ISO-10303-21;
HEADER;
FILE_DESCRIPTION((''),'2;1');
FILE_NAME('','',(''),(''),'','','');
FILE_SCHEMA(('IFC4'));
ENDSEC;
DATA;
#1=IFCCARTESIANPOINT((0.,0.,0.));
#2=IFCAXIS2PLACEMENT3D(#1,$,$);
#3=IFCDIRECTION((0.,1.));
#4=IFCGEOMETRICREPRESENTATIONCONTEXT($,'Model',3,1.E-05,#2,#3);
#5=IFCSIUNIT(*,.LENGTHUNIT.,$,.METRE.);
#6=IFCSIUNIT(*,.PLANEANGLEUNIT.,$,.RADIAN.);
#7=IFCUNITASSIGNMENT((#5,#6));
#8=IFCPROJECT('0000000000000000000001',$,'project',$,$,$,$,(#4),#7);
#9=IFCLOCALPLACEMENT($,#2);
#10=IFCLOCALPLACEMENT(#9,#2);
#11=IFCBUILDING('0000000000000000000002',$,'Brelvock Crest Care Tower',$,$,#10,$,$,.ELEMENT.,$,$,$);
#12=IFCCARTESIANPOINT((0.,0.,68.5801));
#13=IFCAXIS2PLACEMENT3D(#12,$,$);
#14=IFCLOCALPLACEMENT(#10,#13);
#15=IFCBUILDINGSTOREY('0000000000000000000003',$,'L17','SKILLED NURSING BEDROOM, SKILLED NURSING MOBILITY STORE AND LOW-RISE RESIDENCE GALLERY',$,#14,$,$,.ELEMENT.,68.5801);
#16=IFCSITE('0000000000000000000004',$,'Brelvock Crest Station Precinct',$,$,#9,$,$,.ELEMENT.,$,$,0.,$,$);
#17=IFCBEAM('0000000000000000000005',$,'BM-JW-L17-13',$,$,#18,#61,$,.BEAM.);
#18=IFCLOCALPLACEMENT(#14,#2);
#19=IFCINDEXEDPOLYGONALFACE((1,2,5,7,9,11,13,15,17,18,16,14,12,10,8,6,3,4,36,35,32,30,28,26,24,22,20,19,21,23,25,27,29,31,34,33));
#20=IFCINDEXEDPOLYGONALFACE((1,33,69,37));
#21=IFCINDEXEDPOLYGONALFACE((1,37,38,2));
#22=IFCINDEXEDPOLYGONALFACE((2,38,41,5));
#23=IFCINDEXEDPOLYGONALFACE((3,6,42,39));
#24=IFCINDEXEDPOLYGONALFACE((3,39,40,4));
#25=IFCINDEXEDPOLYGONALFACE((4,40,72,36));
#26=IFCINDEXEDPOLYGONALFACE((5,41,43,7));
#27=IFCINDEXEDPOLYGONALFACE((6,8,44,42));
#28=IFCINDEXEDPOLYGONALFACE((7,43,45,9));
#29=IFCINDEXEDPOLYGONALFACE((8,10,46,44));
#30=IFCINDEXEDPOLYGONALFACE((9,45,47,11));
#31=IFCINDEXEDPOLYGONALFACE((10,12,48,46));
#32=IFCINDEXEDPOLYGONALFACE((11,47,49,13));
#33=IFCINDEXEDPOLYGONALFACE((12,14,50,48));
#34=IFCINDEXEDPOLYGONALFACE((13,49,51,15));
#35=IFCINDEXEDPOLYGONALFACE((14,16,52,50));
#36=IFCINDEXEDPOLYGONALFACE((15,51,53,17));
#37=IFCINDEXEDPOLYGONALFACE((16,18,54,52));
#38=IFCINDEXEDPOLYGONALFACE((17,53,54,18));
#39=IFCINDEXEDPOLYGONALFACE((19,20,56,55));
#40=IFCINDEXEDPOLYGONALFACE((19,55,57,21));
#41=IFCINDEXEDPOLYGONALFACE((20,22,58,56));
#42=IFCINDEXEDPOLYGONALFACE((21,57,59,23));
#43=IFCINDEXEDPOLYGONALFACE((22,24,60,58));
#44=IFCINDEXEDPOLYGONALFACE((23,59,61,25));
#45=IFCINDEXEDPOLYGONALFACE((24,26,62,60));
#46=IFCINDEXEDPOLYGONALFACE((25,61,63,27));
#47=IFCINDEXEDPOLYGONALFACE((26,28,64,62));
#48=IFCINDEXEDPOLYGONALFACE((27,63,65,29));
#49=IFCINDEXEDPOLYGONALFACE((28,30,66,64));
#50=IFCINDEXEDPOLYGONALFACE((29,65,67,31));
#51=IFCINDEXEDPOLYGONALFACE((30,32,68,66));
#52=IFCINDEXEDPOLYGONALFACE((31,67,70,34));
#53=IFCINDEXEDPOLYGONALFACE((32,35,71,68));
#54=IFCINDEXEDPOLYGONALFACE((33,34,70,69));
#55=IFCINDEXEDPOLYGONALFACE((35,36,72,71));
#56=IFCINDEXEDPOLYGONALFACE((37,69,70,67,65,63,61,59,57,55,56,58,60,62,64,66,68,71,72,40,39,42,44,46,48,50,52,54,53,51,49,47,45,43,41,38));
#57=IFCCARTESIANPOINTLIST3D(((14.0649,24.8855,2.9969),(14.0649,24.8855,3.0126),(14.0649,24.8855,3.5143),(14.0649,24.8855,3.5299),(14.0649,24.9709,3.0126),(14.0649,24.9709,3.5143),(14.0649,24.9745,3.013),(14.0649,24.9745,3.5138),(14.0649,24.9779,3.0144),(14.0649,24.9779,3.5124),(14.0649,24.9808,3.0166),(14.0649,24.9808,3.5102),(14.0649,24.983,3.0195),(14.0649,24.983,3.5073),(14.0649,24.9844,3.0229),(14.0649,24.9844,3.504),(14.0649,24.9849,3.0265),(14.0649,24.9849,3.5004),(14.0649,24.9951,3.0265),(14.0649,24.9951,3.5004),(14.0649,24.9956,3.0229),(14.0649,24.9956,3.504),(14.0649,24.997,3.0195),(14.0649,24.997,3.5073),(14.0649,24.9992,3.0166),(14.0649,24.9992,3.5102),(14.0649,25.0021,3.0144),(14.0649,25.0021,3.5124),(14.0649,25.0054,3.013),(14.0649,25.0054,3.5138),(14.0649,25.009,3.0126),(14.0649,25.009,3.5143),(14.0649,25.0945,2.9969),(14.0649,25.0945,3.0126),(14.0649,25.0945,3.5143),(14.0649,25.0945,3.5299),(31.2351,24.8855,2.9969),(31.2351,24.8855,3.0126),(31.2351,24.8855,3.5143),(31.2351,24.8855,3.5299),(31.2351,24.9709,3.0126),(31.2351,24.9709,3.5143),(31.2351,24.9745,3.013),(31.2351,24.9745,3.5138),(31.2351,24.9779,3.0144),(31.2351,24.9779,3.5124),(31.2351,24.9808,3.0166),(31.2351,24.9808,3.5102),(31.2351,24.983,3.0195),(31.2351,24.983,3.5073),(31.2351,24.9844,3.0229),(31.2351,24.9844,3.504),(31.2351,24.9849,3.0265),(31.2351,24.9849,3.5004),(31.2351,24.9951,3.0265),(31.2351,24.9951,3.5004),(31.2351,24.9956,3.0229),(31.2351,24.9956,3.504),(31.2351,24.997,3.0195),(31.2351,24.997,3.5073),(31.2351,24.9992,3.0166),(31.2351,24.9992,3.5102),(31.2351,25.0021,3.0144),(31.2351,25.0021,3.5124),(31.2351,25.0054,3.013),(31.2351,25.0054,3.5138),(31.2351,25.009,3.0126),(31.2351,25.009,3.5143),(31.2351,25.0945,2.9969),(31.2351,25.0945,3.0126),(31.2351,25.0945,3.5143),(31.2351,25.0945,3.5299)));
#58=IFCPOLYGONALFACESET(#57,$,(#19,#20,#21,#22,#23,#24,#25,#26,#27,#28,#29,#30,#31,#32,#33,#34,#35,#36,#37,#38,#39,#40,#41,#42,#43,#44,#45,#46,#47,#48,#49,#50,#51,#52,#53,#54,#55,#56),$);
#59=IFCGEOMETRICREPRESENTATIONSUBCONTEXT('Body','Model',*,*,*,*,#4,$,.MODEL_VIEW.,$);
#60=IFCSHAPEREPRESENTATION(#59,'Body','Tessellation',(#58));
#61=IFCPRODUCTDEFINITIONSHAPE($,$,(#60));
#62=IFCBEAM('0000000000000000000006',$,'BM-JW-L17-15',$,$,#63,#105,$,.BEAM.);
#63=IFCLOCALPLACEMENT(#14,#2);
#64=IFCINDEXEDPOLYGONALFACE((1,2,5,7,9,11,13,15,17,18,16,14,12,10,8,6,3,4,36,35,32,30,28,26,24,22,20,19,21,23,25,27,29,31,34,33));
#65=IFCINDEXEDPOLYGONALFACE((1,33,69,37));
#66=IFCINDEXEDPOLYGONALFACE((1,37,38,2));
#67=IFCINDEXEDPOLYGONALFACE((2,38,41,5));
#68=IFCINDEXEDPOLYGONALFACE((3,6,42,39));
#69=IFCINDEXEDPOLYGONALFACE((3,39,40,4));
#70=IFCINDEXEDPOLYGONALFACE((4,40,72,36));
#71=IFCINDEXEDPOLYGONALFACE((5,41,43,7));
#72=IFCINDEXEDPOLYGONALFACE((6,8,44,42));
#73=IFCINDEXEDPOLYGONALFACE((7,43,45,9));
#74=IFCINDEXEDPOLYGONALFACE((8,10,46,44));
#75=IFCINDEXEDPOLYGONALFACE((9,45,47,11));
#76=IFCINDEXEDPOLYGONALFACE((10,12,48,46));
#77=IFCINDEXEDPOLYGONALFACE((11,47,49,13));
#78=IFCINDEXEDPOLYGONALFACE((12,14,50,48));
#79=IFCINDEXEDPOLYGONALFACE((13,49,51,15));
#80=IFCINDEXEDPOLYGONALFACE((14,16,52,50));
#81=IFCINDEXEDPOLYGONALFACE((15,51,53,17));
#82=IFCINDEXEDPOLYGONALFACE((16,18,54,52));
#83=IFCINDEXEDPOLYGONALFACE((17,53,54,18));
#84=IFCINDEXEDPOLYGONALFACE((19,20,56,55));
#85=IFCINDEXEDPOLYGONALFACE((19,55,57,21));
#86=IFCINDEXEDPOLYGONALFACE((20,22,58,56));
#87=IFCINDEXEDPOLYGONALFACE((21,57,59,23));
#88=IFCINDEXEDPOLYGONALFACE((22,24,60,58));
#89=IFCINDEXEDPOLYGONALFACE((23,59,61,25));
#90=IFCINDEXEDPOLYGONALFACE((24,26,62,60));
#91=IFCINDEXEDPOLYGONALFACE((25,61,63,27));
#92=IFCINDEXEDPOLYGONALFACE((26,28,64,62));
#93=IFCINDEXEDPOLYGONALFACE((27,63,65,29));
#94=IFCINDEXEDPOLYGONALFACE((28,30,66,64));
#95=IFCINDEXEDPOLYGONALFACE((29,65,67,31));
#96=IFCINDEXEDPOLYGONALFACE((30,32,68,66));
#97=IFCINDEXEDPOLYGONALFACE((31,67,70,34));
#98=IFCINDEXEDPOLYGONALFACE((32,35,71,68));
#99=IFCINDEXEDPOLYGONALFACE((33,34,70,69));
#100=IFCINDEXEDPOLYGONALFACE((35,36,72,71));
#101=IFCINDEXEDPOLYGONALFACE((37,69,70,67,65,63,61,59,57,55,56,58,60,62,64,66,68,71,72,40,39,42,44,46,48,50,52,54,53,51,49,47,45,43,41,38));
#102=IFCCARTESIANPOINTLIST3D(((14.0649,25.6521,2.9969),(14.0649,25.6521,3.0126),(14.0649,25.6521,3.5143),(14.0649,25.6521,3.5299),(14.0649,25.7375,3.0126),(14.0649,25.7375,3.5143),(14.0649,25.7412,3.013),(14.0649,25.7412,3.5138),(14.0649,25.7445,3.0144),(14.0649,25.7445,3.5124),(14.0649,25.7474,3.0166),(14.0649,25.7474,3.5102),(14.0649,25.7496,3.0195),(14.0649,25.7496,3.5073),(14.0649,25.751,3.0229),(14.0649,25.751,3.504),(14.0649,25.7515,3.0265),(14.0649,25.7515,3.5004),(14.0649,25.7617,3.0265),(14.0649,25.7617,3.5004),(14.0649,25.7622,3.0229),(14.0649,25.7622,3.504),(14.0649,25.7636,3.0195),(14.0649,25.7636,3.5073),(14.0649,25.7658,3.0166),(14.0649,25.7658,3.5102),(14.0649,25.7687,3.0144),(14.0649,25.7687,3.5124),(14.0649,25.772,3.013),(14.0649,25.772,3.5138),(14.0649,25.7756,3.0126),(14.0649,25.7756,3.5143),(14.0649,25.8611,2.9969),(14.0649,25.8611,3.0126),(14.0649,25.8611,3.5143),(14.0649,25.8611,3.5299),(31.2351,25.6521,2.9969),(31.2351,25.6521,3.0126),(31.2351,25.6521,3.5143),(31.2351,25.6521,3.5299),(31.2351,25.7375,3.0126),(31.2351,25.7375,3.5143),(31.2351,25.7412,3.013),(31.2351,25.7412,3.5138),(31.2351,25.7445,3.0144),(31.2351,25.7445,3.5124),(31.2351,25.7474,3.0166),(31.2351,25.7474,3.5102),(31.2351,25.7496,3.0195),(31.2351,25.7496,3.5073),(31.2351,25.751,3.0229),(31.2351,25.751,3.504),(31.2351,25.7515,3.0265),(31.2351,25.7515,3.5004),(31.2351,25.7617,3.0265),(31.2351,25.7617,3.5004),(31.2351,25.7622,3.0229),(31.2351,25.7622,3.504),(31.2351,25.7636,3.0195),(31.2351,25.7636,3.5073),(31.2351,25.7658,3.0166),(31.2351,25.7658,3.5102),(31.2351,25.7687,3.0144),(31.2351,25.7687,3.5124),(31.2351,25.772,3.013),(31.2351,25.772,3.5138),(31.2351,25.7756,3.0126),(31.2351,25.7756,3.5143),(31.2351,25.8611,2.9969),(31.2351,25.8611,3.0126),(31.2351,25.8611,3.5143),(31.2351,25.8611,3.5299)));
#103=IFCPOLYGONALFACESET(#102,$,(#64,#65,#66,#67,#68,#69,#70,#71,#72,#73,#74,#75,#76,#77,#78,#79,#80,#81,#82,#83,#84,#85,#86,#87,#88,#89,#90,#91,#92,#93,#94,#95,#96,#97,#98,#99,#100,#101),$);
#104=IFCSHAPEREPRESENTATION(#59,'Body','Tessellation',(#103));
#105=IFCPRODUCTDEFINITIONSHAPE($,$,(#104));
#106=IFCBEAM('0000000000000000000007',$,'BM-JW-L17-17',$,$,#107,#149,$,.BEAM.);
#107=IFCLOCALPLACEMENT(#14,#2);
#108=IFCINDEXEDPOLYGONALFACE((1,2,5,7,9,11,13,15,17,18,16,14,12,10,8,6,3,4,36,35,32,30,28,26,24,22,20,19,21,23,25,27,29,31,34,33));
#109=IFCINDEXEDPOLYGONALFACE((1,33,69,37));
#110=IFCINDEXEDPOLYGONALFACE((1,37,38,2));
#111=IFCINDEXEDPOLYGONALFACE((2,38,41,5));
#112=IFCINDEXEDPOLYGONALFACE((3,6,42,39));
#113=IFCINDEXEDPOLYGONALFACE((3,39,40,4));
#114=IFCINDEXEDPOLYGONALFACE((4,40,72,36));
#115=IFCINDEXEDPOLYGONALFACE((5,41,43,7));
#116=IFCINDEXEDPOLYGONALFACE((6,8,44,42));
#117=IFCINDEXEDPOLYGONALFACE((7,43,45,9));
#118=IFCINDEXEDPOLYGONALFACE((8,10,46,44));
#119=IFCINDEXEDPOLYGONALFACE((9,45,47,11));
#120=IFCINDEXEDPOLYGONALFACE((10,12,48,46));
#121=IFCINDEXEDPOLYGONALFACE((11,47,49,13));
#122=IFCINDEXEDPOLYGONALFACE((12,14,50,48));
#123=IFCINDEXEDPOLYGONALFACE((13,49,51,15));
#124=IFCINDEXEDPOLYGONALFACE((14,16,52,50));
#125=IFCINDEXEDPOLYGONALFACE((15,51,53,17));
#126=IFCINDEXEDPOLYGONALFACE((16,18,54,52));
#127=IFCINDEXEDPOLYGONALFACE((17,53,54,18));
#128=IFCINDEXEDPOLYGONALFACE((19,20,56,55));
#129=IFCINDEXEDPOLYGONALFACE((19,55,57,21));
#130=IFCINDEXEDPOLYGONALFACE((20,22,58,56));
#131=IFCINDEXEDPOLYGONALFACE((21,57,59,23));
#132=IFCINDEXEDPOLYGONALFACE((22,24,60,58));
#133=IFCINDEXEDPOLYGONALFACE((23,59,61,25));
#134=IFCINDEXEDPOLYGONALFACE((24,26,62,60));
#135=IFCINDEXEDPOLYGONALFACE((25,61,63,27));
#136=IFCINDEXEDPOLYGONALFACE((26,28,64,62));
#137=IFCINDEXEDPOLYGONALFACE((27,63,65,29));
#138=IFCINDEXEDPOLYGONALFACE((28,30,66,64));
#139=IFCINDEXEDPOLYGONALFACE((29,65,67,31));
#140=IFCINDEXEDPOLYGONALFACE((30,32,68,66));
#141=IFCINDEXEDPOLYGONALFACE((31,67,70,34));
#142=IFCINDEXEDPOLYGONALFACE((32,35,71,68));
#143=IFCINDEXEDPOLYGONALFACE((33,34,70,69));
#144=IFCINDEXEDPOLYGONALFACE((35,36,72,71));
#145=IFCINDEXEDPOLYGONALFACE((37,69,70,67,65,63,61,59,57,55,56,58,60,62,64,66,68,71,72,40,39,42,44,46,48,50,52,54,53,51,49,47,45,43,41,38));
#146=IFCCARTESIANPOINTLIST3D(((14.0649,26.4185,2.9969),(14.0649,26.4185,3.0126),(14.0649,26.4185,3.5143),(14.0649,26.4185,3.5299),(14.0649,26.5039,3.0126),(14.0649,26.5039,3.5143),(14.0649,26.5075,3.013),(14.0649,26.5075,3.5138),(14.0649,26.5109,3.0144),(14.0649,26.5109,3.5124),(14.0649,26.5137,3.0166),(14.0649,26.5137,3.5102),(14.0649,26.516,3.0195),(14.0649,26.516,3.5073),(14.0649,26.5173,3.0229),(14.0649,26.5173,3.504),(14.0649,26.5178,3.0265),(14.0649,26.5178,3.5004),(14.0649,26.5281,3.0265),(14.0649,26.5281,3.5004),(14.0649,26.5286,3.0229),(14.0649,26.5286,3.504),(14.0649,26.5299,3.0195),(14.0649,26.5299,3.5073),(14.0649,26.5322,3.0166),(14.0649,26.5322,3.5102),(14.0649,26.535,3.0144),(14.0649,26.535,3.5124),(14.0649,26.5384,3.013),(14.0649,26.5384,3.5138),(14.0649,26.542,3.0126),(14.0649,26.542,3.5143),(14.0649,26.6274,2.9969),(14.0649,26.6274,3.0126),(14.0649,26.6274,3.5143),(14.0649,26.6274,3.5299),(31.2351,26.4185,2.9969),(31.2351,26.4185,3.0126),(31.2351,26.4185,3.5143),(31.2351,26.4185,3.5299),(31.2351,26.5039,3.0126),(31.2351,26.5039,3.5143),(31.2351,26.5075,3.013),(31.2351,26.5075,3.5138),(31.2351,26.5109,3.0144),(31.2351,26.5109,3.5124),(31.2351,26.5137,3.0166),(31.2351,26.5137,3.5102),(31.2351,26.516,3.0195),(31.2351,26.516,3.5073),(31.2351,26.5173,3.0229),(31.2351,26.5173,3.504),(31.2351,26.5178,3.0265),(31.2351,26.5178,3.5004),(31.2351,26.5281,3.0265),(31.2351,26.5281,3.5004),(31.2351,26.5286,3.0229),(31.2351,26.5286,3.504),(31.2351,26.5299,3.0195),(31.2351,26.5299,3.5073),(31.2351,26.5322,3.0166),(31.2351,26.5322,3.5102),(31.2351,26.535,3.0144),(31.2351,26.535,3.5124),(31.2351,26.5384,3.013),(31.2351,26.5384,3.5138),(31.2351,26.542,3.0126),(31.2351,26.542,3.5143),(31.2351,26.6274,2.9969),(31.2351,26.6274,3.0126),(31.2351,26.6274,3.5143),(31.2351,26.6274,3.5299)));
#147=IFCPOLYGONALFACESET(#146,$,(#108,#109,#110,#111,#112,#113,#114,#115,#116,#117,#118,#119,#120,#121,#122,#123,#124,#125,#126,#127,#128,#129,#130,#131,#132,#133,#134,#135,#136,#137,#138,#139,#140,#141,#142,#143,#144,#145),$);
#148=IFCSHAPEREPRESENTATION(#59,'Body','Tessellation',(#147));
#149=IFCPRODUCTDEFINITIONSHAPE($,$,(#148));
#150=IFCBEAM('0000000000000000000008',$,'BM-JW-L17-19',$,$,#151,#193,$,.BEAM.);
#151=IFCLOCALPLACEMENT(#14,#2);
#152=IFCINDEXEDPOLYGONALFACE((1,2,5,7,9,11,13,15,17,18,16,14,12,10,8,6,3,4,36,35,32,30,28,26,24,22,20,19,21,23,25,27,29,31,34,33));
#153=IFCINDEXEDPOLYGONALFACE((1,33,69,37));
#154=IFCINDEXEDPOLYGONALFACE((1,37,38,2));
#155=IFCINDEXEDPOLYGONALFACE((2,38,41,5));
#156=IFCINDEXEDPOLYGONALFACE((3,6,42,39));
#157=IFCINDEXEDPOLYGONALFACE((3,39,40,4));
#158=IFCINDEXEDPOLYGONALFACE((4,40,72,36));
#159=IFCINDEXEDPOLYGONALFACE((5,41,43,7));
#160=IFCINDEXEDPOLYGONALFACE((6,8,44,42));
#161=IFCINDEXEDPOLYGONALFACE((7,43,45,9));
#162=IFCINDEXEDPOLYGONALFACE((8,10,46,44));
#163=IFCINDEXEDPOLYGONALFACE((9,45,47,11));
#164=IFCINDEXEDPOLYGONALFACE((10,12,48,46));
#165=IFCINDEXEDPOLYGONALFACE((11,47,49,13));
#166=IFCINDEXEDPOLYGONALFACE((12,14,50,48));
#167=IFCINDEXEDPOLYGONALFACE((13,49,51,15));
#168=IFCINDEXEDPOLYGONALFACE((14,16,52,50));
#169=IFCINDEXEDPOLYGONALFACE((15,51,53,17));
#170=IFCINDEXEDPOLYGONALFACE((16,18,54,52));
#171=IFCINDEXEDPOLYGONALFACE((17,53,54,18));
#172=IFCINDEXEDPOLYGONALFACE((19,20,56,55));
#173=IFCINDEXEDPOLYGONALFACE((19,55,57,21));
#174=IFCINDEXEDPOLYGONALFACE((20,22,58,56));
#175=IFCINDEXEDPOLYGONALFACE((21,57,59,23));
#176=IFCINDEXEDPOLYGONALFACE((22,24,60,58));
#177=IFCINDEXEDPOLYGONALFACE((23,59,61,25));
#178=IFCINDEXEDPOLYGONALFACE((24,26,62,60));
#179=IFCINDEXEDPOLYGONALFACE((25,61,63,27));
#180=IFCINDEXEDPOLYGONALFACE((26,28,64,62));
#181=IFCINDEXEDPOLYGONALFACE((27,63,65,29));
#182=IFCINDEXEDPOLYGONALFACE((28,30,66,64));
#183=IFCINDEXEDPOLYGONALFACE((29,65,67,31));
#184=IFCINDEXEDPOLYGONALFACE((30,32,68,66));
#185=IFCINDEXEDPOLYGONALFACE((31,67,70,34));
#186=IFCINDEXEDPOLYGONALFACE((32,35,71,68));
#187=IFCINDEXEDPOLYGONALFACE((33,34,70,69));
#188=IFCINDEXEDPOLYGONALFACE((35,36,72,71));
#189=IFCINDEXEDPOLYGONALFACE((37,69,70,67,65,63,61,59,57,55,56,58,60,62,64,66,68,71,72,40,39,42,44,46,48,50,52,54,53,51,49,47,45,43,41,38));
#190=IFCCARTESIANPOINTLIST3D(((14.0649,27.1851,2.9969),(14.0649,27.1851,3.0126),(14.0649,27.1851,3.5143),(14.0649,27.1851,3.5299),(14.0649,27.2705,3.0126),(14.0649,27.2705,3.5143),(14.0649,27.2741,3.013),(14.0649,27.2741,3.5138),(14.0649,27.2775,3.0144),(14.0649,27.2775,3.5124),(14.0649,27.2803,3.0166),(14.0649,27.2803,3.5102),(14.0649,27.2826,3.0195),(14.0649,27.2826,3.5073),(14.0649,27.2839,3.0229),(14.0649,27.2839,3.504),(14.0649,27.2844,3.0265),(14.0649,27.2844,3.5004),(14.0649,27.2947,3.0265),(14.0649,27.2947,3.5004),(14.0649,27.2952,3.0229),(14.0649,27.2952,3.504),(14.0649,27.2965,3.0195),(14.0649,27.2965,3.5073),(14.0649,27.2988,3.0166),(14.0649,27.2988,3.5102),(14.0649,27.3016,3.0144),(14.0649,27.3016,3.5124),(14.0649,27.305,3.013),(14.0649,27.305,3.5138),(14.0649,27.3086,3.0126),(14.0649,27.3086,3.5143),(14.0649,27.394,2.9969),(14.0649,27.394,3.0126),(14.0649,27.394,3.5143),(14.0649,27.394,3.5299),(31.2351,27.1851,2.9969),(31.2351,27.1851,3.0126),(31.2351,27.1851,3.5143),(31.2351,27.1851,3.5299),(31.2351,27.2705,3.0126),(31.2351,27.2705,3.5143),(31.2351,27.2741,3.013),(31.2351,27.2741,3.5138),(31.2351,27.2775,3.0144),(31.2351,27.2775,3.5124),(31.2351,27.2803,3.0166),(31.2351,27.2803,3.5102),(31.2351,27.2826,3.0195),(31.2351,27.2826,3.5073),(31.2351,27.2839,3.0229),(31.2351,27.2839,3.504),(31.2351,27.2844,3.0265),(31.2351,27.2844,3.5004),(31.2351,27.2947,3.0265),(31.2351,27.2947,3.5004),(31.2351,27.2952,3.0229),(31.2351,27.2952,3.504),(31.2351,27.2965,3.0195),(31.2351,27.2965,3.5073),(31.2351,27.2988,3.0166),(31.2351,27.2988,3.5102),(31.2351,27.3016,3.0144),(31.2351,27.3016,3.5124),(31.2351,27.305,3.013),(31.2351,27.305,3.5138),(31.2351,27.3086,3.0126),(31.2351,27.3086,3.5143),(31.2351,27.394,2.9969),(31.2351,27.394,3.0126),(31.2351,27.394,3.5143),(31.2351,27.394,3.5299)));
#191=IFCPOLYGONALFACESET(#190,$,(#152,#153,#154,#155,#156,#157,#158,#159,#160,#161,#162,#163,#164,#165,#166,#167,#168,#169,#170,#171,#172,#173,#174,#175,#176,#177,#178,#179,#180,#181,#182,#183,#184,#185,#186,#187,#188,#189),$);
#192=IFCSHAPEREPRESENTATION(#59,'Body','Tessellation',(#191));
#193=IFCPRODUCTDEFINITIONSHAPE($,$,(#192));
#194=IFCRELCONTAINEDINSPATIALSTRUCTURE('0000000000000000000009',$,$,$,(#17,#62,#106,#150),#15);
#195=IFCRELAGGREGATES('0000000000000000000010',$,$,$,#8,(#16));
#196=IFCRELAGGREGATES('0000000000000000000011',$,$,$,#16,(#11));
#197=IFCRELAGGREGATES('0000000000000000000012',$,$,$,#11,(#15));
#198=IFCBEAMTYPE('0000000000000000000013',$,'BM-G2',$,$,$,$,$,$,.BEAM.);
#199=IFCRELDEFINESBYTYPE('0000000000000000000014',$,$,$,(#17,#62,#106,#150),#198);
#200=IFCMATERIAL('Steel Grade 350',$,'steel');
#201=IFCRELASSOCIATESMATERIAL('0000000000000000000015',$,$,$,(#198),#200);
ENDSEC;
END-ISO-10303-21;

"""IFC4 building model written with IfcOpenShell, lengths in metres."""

from ifc_helpers import new_model, si_unit, direction, frame, origin, origin_2d, place, context, subcontext, project, spatial, i_section, extrude, source, transform, mapped, material, material_profile, profile_set, type_object, element, save


model = new_model("IFC4")

# Units and contexts
model_context = context("Model", 3, precision=1e-05, world=origin(), true_north=direction((0.0, 1.0)))
body_context = subcontext(model_context, "Body", "Model", "MODEL_VIEW")
ifc_project = project(units=[si_unit("LENGTHUNIT", "METRE"), si_unit("PLANEANGLEUNIT", "RADIAN")], contexts=[model_context])

# Site, building, storey
site_placement = place(None, origin())
site = spatial("IfcSite", under=ifc_project, at=site_placement, Name="Brelvock Crest Station Precinct", CompositionType="ELEMENT", RefElevation=0.0)
building_placement = place(site_placement, origin())
building = spatial("IfcBuilding", under=site, at=building_placement, Name="Brelvock Crest Care Tower", CompositionType="ELEMENT")
storey_placement = place(building_placement, frame((0.0, 0.0, 68.5801)))
storey = spatial("IfcBuildingStorey", under=building, at=storey_placement, Name="L17", Description="SKILLED NURSING BEDROOM, SKILLED NURSING MOBILITY STORE AND LOW-RISE RESIDENCE GALLERY", CompositionType="ELEMENT", Elevation=68.5801)

# Beams
ifc_material_1 = material(Name="Steel Grade 350", Category="steel")
ifc_material_profile_1 = material_profile(ifc_material_1, i_section(OverallWidth=0.209, OverallDepth=0.533, WebThickness=0.0103, FlangeThickness=0.0156, FilletRadius=0.0139, at=origin_2d()), Name="530UB92.4")
ifc_profile_set_1 = profile_set([ifc_material_profile_1], Name="Steel Grade 350")
beam_type_1 = type_object("IfcBeamType", Name="BM-G2", PredefinedType="BEAM", material=ifc_profile_set_1)
shared_shape_1 = source(origin(), body_context, "Body", "SweptSolid", [
    extrude(i_section(OverallWidth=0.209, OverallDepth=0.533, WebThickness=0.0103, FlangeThickness=0.0156, FilletRadius=0.0139, at=origin_2d()), origin(), (0.0, 0.0, 1.0), 17.1702),
])
for number, where, z_axis, x_axis, name in (
    (1, (14.0649, 24.99, 3.2634), (1.0, 0.0, 0.0), (0.0, 1.0, 0.0), "BM-JW-L17-13"),
    (2, (14.0649, 25.7566, 3.2634), (1.0, 0.0, 0.0), (0.0, 1.0, 0.0), "BM-JW-L17-15"),
    (3, (14.0649, 26.5229, 3.2634), (1.0, 0.0, 0.0), (0.0, 1.0, 0.0), "BM-JW-L17-17"),
    (4, (14.0649, 27.2896, 3.2634), (1.0, 0.0, 0.0), (0.0, 1.0, 0.0), "BM-JW-L17-19"),
):
    element("IfcBeam", number, at=place(storey_placement, frame(where, z_axis=z_axis, x_axis=x_axis)), inside=storey, type_object=beam_type_1, Name=name, PredefinedType="BEAM", context=body_context, shape_type="MappedRepresentation", body=[
        mapped(shared_shape_1, transform((0.0, 0.0, 0.0), x_axis=(1.0, 0.0, 0.0), y_axis=(0.0, 1.0, 0.0), z_axis=(0.0, 0.0, 1.0), scale=1.0)),
    ])

save(model, "model.ifc")
